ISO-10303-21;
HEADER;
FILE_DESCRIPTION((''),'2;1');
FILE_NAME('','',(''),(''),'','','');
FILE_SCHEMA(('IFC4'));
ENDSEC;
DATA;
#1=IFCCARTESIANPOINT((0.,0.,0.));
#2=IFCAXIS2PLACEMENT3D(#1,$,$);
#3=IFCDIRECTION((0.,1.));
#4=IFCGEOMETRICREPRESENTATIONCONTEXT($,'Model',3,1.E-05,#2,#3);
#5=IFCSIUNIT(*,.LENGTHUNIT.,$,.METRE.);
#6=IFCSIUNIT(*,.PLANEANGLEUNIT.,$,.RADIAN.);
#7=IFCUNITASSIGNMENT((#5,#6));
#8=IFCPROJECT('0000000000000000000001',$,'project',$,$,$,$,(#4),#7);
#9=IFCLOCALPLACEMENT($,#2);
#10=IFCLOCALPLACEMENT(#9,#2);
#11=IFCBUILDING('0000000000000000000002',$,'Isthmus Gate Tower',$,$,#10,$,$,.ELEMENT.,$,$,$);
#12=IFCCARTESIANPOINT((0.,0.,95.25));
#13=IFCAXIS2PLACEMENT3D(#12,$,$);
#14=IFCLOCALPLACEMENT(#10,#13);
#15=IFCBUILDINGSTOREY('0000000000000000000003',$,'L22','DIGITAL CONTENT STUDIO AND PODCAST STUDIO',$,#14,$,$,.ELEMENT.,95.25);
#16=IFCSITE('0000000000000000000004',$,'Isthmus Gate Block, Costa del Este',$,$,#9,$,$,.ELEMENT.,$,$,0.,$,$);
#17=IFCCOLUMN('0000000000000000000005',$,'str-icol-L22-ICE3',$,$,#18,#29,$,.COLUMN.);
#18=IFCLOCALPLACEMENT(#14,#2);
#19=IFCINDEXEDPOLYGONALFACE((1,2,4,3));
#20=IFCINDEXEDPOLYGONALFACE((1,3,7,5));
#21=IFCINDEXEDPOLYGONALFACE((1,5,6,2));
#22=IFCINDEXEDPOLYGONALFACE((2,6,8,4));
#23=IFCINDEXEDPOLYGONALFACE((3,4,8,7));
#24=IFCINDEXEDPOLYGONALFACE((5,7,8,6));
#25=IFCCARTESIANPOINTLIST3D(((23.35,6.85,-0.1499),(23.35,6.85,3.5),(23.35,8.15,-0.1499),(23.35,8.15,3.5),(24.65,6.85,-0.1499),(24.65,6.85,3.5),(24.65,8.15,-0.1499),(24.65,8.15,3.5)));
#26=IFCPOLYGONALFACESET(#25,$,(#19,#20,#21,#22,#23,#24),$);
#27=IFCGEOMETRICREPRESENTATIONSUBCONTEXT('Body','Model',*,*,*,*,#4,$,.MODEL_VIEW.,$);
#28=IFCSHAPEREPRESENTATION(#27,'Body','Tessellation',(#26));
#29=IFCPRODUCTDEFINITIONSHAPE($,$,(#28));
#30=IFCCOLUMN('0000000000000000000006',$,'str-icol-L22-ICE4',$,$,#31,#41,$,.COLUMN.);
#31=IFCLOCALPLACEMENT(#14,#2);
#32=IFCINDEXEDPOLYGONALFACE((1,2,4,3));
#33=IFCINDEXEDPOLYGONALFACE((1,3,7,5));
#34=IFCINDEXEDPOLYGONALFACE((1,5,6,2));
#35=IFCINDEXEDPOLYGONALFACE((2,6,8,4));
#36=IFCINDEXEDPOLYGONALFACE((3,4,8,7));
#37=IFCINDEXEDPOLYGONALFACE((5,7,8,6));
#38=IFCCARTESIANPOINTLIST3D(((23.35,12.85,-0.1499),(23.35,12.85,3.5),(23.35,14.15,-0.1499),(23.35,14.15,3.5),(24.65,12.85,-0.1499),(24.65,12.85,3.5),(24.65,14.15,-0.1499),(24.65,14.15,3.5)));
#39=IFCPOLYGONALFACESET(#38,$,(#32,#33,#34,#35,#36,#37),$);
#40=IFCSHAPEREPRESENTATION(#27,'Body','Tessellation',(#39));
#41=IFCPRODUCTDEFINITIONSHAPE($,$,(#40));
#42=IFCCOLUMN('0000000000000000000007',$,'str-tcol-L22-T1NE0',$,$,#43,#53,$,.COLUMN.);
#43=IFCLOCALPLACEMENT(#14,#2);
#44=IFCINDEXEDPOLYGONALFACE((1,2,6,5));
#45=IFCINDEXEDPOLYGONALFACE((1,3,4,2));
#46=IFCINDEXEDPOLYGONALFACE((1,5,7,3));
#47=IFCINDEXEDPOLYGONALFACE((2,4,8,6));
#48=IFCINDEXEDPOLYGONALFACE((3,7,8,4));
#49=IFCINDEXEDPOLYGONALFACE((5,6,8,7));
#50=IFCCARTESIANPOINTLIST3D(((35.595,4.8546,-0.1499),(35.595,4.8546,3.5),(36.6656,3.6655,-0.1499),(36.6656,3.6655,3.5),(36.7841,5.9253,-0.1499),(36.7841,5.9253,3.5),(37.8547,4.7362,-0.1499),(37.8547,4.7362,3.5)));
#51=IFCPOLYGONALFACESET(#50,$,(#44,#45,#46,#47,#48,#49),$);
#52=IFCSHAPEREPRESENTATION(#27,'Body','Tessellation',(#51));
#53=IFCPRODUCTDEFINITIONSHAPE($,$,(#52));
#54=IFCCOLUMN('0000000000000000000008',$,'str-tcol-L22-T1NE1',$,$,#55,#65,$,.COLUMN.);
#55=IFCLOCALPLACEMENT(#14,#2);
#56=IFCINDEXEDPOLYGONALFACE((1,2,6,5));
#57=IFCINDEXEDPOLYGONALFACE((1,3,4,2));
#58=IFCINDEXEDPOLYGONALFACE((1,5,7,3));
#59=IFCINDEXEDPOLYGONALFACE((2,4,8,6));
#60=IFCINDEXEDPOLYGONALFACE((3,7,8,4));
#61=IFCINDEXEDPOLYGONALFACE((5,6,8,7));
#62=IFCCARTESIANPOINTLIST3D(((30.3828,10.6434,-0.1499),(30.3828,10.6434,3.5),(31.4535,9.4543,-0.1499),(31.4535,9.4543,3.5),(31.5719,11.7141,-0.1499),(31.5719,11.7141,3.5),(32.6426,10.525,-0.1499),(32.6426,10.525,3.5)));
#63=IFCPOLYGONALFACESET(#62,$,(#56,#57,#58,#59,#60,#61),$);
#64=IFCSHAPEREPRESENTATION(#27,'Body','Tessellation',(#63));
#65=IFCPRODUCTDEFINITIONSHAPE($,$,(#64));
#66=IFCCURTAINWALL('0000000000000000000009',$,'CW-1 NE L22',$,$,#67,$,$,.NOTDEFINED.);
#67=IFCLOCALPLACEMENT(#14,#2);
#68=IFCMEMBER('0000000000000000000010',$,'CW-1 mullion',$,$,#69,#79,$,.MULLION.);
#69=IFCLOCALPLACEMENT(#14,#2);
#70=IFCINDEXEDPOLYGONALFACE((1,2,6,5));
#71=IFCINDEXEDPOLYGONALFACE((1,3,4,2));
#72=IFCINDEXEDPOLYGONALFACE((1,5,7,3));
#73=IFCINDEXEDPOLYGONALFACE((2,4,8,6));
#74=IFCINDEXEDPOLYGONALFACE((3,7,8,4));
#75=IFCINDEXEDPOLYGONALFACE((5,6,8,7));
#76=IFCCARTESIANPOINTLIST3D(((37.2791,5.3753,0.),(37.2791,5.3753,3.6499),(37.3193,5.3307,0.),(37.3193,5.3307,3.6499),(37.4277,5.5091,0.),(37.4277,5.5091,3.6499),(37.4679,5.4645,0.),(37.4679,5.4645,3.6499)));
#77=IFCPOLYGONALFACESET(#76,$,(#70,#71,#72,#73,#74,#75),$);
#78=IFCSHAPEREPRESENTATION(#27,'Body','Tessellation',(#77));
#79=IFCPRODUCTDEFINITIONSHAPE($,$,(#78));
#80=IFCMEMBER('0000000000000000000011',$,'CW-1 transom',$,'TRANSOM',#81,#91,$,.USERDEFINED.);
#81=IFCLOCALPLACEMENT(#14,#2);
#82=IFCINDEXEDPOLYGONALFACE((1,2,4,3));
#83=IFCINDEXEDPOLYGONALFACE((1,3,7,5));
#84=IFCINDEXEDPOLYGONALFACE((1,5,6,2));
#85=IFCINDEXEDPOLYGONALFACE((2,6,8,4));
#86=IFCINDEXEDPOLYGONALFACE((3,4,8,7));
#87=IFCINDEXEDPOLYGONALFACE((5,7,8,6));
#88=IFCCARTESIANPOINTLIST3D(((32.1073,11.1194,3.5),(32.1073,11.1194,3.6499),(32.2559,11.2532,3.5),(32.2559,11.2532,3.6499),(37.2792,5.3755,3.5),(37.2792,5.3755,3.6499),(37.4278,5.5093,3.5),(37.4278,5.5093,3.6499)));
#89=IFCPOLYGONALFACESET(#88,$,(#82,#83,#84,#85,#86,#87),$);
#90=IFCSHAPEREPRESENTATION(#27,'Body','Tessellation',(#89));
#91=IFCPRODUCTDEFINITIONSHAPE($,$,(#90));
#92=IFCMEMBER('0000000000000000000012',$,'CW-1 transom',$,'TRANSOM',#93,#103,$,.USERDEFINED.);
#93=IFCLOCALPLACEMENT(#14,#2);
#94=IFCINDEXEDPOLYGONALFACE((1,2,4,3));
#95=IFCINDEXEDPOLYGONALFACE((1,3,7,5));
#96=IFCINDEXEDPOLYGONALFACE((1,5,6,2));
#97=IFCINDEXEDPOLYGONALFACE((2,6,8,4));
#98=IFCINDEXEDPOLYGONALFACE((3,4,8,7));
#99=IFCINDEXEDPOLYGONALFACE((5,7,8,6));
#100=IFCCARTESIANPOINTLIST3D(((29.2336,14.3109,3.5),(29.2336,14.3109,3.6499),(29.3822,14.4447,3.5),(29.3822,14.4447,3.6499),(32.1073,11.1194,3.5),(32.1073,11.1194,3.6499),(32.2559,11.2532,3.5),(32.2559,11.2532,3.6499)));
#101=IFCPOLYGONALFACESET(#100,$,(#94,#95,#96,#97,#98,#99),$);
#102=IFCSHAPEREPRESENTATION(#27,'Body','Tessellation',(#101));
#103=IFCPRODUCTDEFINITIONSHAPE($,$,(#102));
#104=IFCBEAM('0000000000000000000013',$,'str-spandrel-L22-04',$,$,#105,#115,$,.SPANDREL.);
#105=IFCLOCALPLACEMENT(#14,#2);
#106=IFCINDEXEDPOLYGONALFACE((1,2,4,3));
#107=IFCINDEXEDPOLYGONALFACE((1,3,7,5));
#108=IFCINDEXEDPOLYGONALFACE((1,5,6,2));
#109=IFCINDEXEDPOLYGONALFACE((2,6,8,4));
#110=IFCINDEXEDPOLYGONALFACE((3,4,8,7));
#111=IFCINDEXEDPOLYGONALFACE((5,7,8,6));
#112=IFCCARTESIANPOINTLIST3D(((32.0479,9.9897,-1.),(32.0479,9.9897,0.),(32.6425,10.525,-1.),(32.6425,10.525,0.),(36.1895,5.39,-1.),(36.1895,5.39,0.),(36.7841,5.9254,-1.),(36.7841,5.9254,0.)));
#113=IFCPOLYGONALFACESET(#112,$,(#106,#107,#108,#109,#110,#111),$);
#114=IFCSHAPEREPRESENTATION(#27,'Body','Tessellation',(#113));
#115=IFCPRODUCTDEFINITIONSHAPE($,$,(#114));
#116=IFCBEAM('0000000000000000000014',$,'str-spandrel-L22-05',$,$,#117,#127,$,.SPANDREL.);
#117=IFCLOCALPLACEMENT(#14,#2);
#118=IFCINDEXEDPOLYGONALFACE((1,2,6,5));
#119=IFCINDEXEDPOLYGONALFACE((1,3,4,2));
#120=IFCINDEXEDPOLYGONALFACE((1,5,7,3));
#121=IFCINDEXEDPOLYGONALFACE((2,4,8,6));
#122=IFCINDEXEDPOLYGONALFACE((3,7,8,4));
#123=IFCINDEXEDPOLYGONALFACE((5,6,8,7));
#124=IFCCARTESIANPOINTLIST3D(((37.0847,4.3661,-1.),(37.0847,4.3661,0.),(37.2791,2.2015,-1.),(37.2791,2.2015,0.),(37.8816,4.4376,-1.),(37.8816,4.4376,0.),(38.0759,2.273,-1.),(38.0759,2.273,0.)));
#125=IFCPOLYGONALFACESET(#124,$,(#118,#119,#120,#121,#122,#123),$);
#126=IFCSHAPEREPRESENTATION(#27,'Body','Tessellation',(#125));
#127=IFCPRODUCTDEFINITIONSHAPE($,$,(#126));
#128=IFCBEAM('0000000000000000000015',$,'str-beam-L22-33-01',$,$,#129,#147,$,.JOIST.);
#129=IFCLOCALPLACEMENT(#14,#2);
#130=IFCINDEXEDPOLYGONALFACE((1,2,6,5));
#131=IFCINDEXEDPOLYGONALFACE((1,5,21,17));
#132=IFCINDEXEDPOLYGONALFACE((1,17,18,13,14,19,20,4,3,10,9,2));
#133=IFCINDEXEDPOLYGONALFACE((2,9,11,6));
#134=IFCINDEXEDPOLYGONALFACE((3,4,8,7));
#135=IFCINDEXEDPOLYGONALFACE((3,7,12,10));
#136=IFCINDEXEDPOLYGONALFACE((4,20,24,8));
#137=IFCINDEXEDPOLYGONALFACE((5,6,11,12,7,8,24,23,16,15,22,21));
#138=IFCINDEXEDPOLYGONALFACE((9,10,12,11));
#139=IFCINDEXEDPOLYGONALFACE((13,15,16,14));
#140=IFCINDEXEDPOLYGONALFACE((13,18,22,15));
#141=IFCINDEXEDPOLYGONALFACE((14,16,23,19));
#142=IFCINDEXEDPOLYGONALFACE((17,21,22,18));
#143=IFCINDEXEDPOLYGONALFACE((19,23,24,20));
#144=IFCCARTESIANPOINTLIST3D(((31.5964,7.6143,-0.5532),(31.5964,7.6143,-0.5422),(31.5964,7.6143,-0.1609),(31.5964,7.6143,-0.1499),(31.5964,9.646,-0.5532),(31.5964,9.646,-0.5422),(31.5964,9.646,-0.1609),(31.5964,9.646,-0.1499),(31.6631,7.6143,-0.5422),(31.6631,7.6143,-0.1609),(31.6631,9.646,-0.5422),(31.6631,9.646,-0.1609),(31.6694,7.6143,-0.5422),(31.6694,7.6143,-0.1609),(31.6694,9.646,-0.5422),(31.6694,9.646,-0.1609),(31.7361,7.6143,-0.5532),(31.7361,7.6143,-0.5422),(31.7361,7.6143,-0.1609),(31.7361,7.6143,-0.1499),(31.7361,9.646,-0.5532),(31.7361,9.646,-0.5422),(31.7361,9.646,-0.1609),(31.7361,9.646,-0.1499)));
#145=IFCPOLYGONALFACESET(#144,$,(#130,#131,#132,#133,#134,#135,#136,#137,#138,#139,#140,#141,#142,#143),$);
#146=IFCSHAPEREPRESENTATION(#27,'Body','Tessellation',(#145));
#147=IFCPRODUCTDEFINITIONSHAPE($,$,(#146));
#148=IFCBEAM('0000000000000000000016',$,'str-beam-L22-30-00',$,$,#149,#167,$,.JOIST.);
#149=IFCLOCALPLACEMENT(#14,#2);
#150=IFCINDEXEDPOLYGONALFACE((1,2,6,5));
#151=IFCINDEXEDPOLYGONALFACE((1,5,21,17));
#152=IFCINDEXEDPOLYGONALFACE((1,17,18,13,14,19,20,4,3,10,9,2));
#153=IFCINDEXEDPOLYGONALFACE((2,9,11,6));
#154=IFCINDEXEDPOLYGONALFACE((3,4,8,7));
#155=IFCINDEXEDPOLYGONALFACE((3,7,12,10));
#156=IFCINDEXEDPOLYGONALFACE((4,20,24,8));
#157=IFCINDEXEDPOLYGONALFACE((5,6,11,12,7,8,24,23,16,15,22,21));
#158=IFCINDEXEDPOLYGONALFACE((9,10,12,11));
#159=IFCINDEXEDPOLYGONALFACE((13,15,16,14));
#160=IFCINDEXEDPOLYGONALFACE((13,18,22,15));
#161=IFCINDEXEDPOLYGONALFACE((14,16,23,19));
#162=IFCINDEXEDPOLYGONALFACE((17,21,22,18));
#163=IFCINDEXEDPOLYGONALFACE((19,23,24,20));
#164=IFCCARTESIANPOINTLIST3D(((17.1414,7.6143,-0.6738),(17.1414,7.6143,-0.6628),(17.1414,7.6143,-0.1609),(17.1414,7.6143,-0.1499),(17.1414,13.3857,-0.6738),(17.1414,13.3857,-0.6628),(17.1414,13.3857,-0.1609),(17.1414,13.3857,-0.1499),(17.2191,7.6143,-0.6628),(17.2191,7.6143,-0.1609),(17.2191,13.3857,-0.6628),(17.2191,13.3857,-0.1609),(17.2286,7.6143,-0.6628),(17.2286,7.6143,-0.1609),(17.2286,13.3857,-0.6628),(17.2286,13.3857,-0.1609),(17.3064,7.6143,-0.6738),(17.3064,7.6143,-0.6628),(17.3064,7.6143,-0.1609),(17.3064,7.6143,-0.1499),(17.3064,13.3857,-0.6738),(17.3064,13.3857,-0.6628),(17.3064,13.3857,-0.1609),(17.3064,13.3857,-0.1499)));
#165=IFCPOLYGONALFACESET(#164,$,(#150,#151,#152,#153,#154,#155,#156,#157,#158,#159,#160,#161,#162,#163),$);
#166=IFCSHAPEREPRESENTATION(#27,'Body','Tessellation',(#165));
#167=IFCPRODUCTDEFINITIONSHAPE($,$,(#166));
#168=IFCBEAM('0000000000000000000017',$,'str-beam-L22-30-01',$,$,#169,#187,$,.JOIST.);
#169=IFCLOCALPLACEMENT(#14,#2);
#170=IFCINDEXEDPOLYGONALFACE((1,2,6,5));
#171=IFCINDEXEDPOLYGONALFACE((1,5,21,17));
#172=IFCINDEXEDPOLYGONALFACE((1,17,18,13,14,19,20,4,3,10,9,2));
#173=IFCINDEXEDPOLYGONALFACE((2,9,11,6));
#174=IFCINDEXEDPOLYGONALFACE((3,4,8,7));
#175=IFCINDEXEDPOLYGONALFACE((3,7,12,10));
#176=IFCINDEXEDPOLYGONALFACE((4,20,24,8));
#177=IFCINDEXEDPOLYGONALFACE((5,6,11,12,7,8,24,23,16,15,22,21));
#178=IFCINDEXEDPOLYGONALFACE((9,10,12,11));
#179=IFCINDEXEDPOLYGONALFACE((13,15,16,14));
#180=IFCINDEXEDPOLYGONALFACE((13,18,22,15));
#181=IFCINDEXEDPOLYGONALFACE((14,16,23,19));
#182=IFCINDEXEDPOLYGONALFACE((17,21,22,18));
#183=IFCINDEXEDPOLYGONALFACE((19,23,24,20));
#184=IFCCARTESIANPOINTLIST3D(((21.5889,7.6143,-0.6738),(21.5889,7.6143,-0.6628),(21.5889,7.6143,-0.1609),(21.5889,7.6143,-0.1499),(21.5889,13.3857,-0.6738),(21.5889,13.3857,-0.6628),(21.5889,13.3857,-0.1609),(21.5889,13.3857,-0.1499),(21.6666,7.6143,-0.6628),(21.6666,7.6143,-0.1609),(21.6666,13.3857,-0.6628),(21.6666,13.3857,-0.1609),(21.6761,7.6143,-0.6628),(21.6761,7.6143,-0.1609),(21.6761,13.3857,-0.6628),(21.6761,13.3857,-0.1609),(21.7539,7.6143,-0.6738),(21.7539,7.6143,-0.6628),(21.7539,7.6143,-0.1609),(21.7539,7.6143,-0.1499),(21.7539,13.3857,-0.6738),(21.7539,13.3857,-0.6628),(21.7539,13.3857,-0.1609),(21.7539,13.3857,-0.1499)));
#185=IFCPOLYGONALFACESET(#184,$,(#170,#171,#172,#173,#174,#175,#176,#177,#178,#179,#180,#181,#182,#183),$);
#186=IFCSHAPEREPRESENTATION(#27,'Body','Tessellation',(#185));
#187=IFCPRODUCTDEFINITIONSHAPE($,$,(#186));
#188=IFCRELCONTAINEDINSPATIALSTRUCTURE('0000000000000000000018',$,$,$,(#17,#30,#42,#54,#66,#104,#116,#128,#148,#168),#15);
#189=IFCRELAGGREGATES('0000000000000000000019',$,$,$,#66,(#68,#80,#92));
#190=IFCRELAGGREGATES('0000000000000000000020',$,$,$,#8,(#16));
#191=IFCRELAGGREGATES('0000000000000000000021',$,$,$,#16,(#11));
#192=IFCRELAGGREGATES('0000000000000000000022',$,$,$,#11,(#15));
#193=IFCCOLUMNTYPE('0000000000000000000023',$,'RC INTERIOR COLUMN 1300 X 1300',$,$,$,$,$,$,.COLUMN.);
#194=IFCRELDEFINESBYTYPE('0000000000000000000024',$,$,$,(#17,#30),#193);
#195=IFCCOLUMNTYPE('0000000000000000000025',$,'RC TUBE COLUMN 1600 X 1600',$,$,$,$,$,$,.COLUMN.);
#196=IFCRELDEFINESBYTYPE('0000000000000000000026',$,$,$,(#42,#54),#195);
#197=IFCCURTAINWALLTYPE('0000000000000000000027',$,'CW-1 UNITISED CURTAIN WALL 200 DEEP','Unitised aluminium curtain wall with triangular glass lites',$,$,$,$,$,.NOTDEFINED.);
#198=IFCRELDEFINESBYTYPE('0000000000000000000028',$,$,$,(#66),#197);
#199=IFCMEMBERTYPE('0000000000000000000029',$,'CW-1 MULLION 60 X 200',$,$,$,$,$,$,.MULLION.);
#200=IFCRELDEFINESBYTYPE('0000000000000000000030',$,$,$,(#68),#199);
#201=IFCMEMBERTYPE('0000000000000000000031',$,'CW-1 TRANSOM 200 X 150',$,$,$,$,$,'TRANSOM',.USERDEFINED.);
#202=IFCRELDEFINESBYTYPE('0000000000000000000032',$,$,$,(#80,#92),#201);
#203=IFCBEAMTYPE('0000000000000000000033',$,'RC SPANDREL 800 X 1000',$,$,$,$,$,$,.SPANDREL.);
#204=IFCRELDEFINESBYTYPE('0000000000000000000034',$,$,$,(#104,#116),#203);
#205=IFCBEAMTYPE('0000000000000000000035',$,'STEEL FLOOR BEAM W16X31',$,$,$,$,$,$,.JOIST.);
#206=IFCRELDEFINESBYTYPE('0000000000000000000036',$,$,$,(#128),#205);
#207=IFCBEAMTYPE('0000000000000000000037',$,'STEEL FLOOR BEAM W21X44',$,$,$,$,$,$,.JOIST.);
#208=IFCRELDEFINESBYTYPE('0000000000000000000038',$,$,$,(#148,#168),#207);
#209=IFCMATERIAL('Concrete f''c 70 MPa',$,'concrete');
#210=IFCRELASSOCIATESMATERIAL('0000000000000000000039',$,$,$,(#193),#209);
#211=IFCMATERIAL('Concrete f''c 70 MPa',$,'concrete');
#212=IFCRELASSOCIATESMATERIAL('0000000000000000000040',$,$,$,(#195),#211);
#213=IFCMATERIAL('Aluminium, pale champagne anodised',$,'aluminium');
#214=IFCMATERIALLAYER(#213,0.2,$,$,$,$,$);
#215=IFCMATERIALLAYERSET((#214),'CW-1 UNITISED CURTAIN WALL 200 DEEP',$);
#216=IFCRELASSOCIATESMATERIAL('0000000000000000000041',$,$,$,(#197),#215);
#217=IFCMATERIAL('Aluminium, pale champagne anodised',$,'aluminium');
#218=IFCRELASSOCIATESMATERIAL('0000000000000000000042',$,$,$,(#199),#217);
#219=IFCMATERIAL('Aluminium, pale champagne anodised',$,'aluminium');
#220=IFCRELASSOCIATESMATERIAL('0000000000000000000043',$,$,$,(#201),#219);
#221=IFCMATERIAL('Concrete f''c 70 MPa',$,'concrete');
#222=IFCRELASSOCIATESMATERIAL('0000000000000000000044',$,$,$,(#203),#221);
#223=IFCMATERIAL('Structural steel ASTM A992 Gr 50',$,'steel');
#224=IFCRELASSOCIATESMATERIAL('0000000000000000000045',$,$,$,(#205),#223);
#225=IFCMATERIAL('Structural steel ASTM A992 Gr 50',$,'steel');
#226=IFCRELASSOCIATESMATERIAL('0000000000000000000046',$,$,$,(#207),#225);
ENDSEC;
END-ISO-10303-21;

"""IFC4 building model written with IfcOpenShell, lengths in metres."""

from ifc_helpers import new_model, si_unit, direction, frame, origin, origin_2d, place, context, subcontext, project, spatial, rectangle, i_section, extrude, material, layer, layer_set, material_profile, profile_set, type_object, element, aggregate, save


model = new_model("IFC4")

# Units and contexts
model_context = context("Model", 3, precision=1e-05, world=origin(), true_north=direction((0.0, 1.0)))
body_context = subcontext(model_context, "Body", "Model", "MODEL_VIEW")
ifc_project = project(units=[si_unit("LENGTHUNIT", "METRE"), si_unit("PLANEANGLEUNIT", "RADIAN")], contexts=[model_context])

# Site, building, storey
site_placement = place(None, origin())
site = spatial("IfcSite", under=ifc_project, at=site_placement, Name="Isthmus Gate Block, Costa del Este", CompositionType="ELEMENT", RefElevation=0.0)
building_placement = place(site_placement, origin())
building = spatial("IfcBuilding", under=site, at=building_placement, Name="Isthmus Gate Tower", CompositionType="ELEMENT")
storey_placement = place(building_placement, frame((0.0, 0.0, 95.25)))
storey = spatial("IfcBuildingStorey", under=building, at=storey_placement, Name="L22", Description="DIGITAL CONTENT STUDIO AND PODCAST STUDIO", CompositionType="ELEMENT", Elevation=95.25)

# Columns
ifc_material_1 = material(Name="Concrete f'c 70 MPa", Category="concrete")
ifc_material_profile_1 = material_profile(ifc_material_1, rectangle(XDim=1.3, YDim=1.3, at=origin_2d()), Name="RC 1300X1300")
ifc_profile_set_1 = profile_set([ifc_material_profile_1], Name="Concrete f'c 70 MPa")
column_type_1 = type_object("IfcColumnType", Name="RC INTERIOR COLUMN 1300 X 1300", PredefinedType="COLUMN", material=ifc_profile_set_1)
for number, where, z_axis, x_axis, name in (
    (1, (24.0, 7.5, -0.1499), (0.0, 0.0, 1.0), (1.0, 0.0, 0.0), "str-icol-L22-ICE3"),
    (2, (24.0, 13.5, -0.1499), (0.0, 0.0, 1.0), (1.0, 0.0, 0.0), "str-icol-L22-ICE4"),
):
    element("IfcColumn", number, at=place(storey_placement, frame(where, z_axis=z_axis, x_axis=x_axis)), inside=storey, type_object=column_type_1, Name=name, PredefinedType="COLUMN", context=body_context, shape_type="SweptSolid", body=[
        extrude(rectangle(XDim=1.3, YDim=1.3, at=origin_2d()), origin(), (0.0, 0.0, 1.0), 3.6499),
    ])
ifc_material_2 = material(Name="Concrete f'c 70 MPa", Category="concrete")
ifc_material_profile_2 = material_profile(ifc_material_2, rectangle(XDim=1.6001, YDim=1.6001, at=origin_2d()), Name="RC 1600X1600")
ifc_profile_set_2 = profile_set([ifc_material_profile_2], Name="Concrete f'c 70 MPa")
column_type_2 = type_object("IfcColumnType", Name="RC TUBE COLUMN 1600 X 1600", PredefinedType="COLUMN", material=ifc_profile_set_2)
for number, where, z_axis, x_axis, name in (
    (3, (36.7249, 4.7954, -0.1499), (0.0, 0.0, 1.0), (-0.669131, 0.743145, 0.0), "str-tcol-L22-T1NE0"),
    (4, (31.5127, 10.5842, -0.1499), (0.0, 0.0, 1.0), (-0.669131, 0.743145, 0.0), "str-tcol-L22-T1NE1"),
):
    element("IfcColumn", number, at=place(storey_placement, frame(where, z_axis=z_axis, x_axis=x_axis)), inside=storey, type_object=column_type_2, Name=name, PredefinedType="COLUMN", context=body_context, shape_type="SweptSolid", body=[
        extrude(rectangle(XDim=1.6001, YDim=1.6001, at=origin_2d()), origin(), (0.0, 0.0, 1.0), 3.6499),
    ])

# Curtain wall, members
ifc_material_3 = material(Name="Aluminium, pale champagne anodised", Category="aluminium")
ifc_layer_1 = layer(ifc_material_3, 0.2)
ifc_layer_set_1 = layer_set([ifc_layer_1], Name="CW-1 UNITISED CURTAIN WALL 200 DEEP")
curtain_wall_type = type_object("IfcCurtainWallType", Name="CW-1 UNITISED CURTAIN WALL 200 DEEP", Description="Unitised aluminium curtain wall with triangular glass lites", PredefinedType="NOTDEFINED", material=ifc_layer_set_1)
curtain_wall_placement = place(storey_placement, origin())
curtain_wall = element("IfcCurtainWall", 5, at=curtain_wall_placement, inside=storey, type_object=curtain_wall_type, Name="CW-1 NE L22", PredefinedType="NOTDEFINED")
ifc_material_4 = material(Name="Aluminium, pale champagne anodised", Category="aluminium")
ifc_material_profile_3 = material_profile(ifc_material_4, rectangle(XDim=0.0601, YDim=0.2, at=origin_2d()), Name="60x200")
ifc_profile_set_3 = profile_set([ifc_material_profile_3], Name="Aluminium, pale champagne anodised")
member_type_1 = type_object("IfcMemberType", Name="CW-1 MULLION 60 X 200", PredefinedType="MULLION", material=ifc_profile_set_3)
member_1_placement = place(storey_placement, frame((37.3735, 5.4199, 0.0), z_axis=(0.0, 0.0, 1.0), x_axis=(-0.669131, 0.743145, 0.0)))
member_1 = element("IfcMember", 6, at=member_1_placement, type_object=member_type_1, Name="CW-1 mullion", PredefinedType="MULLION", context=body_context, shape_type="SweptSolid", body=[
    extrude(rectangle(XDim=0.0601, YDim=0.2, at=origin_2d()), origin(), (0.0, 0.0, 1.0), 3.6499),
])
ifc_material_5 = material(Name="Aluminium, pale champagne anodised", Category="aluminium")
ifc_material_profile_4 = material_profile(ifc_material_5, rectangle(XDim=0.2, YDim=0.1499, at=origin_2d()), Name="200x150")
ifc_profile_set_4 = profile_set([ifc_material_profile_4], Name="Aluminium, pale champagne anodised")
member_type_2 = type_object("IfcMemberType", Name="CW-1 TRANSOM 200 X 150", ElementType="TRANSOM", PredefinedType="USERDEFINED", material=ifc_profile_set_4)
member_2_placement = place(storey_placement, frame((37.3535, 5.4424, 3.575), z_axis=(-0.669134, 0.743142, 0.0), x_axis=(-0.743142, -0.669134, 0.0)))
member_2 = element("IfcMember", 7, at=member_2_placement, type_object=member_type_2, Name="CW-1 transom", ObjectType="TRANSOM", PredefinedType="USERDEFINED", context=body_context, shape_type="SweptSolid", body=[
    extrude(rectangle(XDim=0.2, YDim=0.1499, at=origin_2d()), origin(), (0.0, 0.0, 1.0), 7.7292),
])
member_3_placement = place(storey_placement, frame((32.1816, 11.1863, 3.575), z_axis=(-0.669131, 0.743144, 0.0), x_axis=(-0.743144, -0.669131, 0.0)))
member_3 = element("IfcMember", 8, at=member_3_placement, type_object=member_type_2, Name="CW-1 transom", ObjectType="TRANSOM", PredefinedType="USERDEFINED", context=body_context, shape_type="SweptSolid", body=[
    extrude(rectangle(XDim=0.2, YDim=0.1499, at=origin_2d()), origin(), (0.0, 0.0, 1.0), 4.2947),
])

# Beams
ifc_material_6 = material(Name="Concrete f'c 70 MPa", Category="concrete")
ifc_material_profile_5 = material_profile(ifc_material_6, rectangle(XDim=0.8, YDim=1.0, at=origin_2d()), Name="RC 800X1000")
ifc_profile_set_5 = profile_set([ifc_material_profile_5], Name="Concrete f'c 70 MPa")
beam_type_1 = type_object("IfcBeamType", Name="RC SPANDREL 800 X 1000", PredefinedType="SPANDREL", material=ifc_profile_set_5)
beam_1_placement = place(storey_placement, frame((32.3452, 10.2573, -0.5), z_axis=(0.669139, -0.743137, 0.0), x_axis=(0.743137, 0.669139, 0.0)))
element("IfcBeam", 9, at=beam_1_placement, inside=storey, type_object=beam_type_1, Name="str-spandrel-L22-04", PredefinedType="SPANDREL", context=body_context, shape_type="SweptSolid", body=[
    extrude(rectangle(XDim=0.8, YDim=1.0, at=origin_2d()), origin(), (0.0, 0.0, 1.0), 6.1895),
])
beam_2_placement = place(storey_placement, frame((37.4832, 4.4019, -0.5), z_axis=(0.089422, -0.995994, 0.0), x_axis=(0.995994, 0.089422, 0.0)))
element("IfcBeam", 10, at=beam_2_placement, inside=storey, type_object=beam_type_1, Name="str-spandrel-L22-05", PredefinedType="SPANDREL", context=body_context, shape_type="SweptSolid", body=[
    extrude(rectangle(XDim=0.8, YDim=1.0, at=origin_2d()), origin(), (0.0, 0.0, 1.0), 2.1733),
])
ifc_material_7 = material(Name="Structural steel ASTM A992 Gr 50", Category="steel")
ifc_material_profile_6 = material_profile(ifc_material_7, i_section(OverallWidth=0.1396, OverallDepth=0.4033, WebThickness=0.0063, FlangeThickness=0.011, at=origin_2d()), Name="W16X31")
ifc_profile_set_6 = profile_set([ifc_material_profile_6], Name="Structural steel ASTM A992 Gr 50")
beam_type_2 = type_object("IfcBeamType", Name="STEEL FLOOR BEAM W16X31", PredefinedType="JOIST", material=ifc_profile_set_6)
beam_3_placement = place(storey_placement, frame((31.6663, 7.6143, -0.3516), z_axis=(0.0, 1.0, 0.0), x_axis=(-1.0, 0.0, 0.0)))
element("IfcBeam", 11, at=beam_3_placement, inside=storey, type_object=beam_type_2, Name="str-beam-L22-33-01", PredefinedType="JOIST", context=body_context, shape_type="SweptSolid", body=[
    extrude(i_section(OverallWidth=0.1396, OverallDepth=0.4033, WebThickness=0.0063, FlangeThickness=0.011, at=origin_2d()), origin(), (0.0, 0.0, 1.0), 2.0317),
])
ifc_material_8 = material(Name="Structural steel ASTM A992 Gr 50", Category="steel")
ifc_material_profile_7 = material_profile(ifc_material_8, i_section(OverallWidth=0.165, OverallDepth=0.5239, WebThickness=0.0095, FlangeThickness=0.011, at=origin_2d()), Name="W21X44")
ifc_profile_set_7 = profile_set([ifc_material_profile_7], Name="Structural steel ASTM A992 Gr 50")
beam_type_3 = type_object("IfcBeamType", Name="STEEL FLOOR BEAM W21X44", PredefinedType="JOIST", material=ifc_profile_set_7)
for number, where, z_axis, x_axis, name in (
    (12, (17.2239, 7.6143, -0.4119), (0.0, 1.0, 0.0), (-1.0, 0.0, 0.0), "str-beam-L22-30-00"),
    (13, (21.6714, 7.6143, -0.4119), (0.0, 1.0, 0.0), (-1.0, 0.0, 0.0), "str-beam-L22-30-01"),
):
    element("IfcBeam", number, at=place(storey_placement, frame(where, z_axis=z_axis, x_axis=x_axis)), inside=storey, type_object=beam_type_3, Name=name, PredefinedType="JOIST", context=body_context, shape_type="SweptSolid", body=[
        extrude(i_section(OverallWidth=0.165, OverallDepth=0.5239, WebThickness=0.0095, FlangeThickness=0.011, at=origin_2d()), origin(), (0.0, 0.0, 1.0), 5.7715),
    ])

aggregate(curtain_wall, [member_1, member_2, member_3])

save(model, "model.ifc")
